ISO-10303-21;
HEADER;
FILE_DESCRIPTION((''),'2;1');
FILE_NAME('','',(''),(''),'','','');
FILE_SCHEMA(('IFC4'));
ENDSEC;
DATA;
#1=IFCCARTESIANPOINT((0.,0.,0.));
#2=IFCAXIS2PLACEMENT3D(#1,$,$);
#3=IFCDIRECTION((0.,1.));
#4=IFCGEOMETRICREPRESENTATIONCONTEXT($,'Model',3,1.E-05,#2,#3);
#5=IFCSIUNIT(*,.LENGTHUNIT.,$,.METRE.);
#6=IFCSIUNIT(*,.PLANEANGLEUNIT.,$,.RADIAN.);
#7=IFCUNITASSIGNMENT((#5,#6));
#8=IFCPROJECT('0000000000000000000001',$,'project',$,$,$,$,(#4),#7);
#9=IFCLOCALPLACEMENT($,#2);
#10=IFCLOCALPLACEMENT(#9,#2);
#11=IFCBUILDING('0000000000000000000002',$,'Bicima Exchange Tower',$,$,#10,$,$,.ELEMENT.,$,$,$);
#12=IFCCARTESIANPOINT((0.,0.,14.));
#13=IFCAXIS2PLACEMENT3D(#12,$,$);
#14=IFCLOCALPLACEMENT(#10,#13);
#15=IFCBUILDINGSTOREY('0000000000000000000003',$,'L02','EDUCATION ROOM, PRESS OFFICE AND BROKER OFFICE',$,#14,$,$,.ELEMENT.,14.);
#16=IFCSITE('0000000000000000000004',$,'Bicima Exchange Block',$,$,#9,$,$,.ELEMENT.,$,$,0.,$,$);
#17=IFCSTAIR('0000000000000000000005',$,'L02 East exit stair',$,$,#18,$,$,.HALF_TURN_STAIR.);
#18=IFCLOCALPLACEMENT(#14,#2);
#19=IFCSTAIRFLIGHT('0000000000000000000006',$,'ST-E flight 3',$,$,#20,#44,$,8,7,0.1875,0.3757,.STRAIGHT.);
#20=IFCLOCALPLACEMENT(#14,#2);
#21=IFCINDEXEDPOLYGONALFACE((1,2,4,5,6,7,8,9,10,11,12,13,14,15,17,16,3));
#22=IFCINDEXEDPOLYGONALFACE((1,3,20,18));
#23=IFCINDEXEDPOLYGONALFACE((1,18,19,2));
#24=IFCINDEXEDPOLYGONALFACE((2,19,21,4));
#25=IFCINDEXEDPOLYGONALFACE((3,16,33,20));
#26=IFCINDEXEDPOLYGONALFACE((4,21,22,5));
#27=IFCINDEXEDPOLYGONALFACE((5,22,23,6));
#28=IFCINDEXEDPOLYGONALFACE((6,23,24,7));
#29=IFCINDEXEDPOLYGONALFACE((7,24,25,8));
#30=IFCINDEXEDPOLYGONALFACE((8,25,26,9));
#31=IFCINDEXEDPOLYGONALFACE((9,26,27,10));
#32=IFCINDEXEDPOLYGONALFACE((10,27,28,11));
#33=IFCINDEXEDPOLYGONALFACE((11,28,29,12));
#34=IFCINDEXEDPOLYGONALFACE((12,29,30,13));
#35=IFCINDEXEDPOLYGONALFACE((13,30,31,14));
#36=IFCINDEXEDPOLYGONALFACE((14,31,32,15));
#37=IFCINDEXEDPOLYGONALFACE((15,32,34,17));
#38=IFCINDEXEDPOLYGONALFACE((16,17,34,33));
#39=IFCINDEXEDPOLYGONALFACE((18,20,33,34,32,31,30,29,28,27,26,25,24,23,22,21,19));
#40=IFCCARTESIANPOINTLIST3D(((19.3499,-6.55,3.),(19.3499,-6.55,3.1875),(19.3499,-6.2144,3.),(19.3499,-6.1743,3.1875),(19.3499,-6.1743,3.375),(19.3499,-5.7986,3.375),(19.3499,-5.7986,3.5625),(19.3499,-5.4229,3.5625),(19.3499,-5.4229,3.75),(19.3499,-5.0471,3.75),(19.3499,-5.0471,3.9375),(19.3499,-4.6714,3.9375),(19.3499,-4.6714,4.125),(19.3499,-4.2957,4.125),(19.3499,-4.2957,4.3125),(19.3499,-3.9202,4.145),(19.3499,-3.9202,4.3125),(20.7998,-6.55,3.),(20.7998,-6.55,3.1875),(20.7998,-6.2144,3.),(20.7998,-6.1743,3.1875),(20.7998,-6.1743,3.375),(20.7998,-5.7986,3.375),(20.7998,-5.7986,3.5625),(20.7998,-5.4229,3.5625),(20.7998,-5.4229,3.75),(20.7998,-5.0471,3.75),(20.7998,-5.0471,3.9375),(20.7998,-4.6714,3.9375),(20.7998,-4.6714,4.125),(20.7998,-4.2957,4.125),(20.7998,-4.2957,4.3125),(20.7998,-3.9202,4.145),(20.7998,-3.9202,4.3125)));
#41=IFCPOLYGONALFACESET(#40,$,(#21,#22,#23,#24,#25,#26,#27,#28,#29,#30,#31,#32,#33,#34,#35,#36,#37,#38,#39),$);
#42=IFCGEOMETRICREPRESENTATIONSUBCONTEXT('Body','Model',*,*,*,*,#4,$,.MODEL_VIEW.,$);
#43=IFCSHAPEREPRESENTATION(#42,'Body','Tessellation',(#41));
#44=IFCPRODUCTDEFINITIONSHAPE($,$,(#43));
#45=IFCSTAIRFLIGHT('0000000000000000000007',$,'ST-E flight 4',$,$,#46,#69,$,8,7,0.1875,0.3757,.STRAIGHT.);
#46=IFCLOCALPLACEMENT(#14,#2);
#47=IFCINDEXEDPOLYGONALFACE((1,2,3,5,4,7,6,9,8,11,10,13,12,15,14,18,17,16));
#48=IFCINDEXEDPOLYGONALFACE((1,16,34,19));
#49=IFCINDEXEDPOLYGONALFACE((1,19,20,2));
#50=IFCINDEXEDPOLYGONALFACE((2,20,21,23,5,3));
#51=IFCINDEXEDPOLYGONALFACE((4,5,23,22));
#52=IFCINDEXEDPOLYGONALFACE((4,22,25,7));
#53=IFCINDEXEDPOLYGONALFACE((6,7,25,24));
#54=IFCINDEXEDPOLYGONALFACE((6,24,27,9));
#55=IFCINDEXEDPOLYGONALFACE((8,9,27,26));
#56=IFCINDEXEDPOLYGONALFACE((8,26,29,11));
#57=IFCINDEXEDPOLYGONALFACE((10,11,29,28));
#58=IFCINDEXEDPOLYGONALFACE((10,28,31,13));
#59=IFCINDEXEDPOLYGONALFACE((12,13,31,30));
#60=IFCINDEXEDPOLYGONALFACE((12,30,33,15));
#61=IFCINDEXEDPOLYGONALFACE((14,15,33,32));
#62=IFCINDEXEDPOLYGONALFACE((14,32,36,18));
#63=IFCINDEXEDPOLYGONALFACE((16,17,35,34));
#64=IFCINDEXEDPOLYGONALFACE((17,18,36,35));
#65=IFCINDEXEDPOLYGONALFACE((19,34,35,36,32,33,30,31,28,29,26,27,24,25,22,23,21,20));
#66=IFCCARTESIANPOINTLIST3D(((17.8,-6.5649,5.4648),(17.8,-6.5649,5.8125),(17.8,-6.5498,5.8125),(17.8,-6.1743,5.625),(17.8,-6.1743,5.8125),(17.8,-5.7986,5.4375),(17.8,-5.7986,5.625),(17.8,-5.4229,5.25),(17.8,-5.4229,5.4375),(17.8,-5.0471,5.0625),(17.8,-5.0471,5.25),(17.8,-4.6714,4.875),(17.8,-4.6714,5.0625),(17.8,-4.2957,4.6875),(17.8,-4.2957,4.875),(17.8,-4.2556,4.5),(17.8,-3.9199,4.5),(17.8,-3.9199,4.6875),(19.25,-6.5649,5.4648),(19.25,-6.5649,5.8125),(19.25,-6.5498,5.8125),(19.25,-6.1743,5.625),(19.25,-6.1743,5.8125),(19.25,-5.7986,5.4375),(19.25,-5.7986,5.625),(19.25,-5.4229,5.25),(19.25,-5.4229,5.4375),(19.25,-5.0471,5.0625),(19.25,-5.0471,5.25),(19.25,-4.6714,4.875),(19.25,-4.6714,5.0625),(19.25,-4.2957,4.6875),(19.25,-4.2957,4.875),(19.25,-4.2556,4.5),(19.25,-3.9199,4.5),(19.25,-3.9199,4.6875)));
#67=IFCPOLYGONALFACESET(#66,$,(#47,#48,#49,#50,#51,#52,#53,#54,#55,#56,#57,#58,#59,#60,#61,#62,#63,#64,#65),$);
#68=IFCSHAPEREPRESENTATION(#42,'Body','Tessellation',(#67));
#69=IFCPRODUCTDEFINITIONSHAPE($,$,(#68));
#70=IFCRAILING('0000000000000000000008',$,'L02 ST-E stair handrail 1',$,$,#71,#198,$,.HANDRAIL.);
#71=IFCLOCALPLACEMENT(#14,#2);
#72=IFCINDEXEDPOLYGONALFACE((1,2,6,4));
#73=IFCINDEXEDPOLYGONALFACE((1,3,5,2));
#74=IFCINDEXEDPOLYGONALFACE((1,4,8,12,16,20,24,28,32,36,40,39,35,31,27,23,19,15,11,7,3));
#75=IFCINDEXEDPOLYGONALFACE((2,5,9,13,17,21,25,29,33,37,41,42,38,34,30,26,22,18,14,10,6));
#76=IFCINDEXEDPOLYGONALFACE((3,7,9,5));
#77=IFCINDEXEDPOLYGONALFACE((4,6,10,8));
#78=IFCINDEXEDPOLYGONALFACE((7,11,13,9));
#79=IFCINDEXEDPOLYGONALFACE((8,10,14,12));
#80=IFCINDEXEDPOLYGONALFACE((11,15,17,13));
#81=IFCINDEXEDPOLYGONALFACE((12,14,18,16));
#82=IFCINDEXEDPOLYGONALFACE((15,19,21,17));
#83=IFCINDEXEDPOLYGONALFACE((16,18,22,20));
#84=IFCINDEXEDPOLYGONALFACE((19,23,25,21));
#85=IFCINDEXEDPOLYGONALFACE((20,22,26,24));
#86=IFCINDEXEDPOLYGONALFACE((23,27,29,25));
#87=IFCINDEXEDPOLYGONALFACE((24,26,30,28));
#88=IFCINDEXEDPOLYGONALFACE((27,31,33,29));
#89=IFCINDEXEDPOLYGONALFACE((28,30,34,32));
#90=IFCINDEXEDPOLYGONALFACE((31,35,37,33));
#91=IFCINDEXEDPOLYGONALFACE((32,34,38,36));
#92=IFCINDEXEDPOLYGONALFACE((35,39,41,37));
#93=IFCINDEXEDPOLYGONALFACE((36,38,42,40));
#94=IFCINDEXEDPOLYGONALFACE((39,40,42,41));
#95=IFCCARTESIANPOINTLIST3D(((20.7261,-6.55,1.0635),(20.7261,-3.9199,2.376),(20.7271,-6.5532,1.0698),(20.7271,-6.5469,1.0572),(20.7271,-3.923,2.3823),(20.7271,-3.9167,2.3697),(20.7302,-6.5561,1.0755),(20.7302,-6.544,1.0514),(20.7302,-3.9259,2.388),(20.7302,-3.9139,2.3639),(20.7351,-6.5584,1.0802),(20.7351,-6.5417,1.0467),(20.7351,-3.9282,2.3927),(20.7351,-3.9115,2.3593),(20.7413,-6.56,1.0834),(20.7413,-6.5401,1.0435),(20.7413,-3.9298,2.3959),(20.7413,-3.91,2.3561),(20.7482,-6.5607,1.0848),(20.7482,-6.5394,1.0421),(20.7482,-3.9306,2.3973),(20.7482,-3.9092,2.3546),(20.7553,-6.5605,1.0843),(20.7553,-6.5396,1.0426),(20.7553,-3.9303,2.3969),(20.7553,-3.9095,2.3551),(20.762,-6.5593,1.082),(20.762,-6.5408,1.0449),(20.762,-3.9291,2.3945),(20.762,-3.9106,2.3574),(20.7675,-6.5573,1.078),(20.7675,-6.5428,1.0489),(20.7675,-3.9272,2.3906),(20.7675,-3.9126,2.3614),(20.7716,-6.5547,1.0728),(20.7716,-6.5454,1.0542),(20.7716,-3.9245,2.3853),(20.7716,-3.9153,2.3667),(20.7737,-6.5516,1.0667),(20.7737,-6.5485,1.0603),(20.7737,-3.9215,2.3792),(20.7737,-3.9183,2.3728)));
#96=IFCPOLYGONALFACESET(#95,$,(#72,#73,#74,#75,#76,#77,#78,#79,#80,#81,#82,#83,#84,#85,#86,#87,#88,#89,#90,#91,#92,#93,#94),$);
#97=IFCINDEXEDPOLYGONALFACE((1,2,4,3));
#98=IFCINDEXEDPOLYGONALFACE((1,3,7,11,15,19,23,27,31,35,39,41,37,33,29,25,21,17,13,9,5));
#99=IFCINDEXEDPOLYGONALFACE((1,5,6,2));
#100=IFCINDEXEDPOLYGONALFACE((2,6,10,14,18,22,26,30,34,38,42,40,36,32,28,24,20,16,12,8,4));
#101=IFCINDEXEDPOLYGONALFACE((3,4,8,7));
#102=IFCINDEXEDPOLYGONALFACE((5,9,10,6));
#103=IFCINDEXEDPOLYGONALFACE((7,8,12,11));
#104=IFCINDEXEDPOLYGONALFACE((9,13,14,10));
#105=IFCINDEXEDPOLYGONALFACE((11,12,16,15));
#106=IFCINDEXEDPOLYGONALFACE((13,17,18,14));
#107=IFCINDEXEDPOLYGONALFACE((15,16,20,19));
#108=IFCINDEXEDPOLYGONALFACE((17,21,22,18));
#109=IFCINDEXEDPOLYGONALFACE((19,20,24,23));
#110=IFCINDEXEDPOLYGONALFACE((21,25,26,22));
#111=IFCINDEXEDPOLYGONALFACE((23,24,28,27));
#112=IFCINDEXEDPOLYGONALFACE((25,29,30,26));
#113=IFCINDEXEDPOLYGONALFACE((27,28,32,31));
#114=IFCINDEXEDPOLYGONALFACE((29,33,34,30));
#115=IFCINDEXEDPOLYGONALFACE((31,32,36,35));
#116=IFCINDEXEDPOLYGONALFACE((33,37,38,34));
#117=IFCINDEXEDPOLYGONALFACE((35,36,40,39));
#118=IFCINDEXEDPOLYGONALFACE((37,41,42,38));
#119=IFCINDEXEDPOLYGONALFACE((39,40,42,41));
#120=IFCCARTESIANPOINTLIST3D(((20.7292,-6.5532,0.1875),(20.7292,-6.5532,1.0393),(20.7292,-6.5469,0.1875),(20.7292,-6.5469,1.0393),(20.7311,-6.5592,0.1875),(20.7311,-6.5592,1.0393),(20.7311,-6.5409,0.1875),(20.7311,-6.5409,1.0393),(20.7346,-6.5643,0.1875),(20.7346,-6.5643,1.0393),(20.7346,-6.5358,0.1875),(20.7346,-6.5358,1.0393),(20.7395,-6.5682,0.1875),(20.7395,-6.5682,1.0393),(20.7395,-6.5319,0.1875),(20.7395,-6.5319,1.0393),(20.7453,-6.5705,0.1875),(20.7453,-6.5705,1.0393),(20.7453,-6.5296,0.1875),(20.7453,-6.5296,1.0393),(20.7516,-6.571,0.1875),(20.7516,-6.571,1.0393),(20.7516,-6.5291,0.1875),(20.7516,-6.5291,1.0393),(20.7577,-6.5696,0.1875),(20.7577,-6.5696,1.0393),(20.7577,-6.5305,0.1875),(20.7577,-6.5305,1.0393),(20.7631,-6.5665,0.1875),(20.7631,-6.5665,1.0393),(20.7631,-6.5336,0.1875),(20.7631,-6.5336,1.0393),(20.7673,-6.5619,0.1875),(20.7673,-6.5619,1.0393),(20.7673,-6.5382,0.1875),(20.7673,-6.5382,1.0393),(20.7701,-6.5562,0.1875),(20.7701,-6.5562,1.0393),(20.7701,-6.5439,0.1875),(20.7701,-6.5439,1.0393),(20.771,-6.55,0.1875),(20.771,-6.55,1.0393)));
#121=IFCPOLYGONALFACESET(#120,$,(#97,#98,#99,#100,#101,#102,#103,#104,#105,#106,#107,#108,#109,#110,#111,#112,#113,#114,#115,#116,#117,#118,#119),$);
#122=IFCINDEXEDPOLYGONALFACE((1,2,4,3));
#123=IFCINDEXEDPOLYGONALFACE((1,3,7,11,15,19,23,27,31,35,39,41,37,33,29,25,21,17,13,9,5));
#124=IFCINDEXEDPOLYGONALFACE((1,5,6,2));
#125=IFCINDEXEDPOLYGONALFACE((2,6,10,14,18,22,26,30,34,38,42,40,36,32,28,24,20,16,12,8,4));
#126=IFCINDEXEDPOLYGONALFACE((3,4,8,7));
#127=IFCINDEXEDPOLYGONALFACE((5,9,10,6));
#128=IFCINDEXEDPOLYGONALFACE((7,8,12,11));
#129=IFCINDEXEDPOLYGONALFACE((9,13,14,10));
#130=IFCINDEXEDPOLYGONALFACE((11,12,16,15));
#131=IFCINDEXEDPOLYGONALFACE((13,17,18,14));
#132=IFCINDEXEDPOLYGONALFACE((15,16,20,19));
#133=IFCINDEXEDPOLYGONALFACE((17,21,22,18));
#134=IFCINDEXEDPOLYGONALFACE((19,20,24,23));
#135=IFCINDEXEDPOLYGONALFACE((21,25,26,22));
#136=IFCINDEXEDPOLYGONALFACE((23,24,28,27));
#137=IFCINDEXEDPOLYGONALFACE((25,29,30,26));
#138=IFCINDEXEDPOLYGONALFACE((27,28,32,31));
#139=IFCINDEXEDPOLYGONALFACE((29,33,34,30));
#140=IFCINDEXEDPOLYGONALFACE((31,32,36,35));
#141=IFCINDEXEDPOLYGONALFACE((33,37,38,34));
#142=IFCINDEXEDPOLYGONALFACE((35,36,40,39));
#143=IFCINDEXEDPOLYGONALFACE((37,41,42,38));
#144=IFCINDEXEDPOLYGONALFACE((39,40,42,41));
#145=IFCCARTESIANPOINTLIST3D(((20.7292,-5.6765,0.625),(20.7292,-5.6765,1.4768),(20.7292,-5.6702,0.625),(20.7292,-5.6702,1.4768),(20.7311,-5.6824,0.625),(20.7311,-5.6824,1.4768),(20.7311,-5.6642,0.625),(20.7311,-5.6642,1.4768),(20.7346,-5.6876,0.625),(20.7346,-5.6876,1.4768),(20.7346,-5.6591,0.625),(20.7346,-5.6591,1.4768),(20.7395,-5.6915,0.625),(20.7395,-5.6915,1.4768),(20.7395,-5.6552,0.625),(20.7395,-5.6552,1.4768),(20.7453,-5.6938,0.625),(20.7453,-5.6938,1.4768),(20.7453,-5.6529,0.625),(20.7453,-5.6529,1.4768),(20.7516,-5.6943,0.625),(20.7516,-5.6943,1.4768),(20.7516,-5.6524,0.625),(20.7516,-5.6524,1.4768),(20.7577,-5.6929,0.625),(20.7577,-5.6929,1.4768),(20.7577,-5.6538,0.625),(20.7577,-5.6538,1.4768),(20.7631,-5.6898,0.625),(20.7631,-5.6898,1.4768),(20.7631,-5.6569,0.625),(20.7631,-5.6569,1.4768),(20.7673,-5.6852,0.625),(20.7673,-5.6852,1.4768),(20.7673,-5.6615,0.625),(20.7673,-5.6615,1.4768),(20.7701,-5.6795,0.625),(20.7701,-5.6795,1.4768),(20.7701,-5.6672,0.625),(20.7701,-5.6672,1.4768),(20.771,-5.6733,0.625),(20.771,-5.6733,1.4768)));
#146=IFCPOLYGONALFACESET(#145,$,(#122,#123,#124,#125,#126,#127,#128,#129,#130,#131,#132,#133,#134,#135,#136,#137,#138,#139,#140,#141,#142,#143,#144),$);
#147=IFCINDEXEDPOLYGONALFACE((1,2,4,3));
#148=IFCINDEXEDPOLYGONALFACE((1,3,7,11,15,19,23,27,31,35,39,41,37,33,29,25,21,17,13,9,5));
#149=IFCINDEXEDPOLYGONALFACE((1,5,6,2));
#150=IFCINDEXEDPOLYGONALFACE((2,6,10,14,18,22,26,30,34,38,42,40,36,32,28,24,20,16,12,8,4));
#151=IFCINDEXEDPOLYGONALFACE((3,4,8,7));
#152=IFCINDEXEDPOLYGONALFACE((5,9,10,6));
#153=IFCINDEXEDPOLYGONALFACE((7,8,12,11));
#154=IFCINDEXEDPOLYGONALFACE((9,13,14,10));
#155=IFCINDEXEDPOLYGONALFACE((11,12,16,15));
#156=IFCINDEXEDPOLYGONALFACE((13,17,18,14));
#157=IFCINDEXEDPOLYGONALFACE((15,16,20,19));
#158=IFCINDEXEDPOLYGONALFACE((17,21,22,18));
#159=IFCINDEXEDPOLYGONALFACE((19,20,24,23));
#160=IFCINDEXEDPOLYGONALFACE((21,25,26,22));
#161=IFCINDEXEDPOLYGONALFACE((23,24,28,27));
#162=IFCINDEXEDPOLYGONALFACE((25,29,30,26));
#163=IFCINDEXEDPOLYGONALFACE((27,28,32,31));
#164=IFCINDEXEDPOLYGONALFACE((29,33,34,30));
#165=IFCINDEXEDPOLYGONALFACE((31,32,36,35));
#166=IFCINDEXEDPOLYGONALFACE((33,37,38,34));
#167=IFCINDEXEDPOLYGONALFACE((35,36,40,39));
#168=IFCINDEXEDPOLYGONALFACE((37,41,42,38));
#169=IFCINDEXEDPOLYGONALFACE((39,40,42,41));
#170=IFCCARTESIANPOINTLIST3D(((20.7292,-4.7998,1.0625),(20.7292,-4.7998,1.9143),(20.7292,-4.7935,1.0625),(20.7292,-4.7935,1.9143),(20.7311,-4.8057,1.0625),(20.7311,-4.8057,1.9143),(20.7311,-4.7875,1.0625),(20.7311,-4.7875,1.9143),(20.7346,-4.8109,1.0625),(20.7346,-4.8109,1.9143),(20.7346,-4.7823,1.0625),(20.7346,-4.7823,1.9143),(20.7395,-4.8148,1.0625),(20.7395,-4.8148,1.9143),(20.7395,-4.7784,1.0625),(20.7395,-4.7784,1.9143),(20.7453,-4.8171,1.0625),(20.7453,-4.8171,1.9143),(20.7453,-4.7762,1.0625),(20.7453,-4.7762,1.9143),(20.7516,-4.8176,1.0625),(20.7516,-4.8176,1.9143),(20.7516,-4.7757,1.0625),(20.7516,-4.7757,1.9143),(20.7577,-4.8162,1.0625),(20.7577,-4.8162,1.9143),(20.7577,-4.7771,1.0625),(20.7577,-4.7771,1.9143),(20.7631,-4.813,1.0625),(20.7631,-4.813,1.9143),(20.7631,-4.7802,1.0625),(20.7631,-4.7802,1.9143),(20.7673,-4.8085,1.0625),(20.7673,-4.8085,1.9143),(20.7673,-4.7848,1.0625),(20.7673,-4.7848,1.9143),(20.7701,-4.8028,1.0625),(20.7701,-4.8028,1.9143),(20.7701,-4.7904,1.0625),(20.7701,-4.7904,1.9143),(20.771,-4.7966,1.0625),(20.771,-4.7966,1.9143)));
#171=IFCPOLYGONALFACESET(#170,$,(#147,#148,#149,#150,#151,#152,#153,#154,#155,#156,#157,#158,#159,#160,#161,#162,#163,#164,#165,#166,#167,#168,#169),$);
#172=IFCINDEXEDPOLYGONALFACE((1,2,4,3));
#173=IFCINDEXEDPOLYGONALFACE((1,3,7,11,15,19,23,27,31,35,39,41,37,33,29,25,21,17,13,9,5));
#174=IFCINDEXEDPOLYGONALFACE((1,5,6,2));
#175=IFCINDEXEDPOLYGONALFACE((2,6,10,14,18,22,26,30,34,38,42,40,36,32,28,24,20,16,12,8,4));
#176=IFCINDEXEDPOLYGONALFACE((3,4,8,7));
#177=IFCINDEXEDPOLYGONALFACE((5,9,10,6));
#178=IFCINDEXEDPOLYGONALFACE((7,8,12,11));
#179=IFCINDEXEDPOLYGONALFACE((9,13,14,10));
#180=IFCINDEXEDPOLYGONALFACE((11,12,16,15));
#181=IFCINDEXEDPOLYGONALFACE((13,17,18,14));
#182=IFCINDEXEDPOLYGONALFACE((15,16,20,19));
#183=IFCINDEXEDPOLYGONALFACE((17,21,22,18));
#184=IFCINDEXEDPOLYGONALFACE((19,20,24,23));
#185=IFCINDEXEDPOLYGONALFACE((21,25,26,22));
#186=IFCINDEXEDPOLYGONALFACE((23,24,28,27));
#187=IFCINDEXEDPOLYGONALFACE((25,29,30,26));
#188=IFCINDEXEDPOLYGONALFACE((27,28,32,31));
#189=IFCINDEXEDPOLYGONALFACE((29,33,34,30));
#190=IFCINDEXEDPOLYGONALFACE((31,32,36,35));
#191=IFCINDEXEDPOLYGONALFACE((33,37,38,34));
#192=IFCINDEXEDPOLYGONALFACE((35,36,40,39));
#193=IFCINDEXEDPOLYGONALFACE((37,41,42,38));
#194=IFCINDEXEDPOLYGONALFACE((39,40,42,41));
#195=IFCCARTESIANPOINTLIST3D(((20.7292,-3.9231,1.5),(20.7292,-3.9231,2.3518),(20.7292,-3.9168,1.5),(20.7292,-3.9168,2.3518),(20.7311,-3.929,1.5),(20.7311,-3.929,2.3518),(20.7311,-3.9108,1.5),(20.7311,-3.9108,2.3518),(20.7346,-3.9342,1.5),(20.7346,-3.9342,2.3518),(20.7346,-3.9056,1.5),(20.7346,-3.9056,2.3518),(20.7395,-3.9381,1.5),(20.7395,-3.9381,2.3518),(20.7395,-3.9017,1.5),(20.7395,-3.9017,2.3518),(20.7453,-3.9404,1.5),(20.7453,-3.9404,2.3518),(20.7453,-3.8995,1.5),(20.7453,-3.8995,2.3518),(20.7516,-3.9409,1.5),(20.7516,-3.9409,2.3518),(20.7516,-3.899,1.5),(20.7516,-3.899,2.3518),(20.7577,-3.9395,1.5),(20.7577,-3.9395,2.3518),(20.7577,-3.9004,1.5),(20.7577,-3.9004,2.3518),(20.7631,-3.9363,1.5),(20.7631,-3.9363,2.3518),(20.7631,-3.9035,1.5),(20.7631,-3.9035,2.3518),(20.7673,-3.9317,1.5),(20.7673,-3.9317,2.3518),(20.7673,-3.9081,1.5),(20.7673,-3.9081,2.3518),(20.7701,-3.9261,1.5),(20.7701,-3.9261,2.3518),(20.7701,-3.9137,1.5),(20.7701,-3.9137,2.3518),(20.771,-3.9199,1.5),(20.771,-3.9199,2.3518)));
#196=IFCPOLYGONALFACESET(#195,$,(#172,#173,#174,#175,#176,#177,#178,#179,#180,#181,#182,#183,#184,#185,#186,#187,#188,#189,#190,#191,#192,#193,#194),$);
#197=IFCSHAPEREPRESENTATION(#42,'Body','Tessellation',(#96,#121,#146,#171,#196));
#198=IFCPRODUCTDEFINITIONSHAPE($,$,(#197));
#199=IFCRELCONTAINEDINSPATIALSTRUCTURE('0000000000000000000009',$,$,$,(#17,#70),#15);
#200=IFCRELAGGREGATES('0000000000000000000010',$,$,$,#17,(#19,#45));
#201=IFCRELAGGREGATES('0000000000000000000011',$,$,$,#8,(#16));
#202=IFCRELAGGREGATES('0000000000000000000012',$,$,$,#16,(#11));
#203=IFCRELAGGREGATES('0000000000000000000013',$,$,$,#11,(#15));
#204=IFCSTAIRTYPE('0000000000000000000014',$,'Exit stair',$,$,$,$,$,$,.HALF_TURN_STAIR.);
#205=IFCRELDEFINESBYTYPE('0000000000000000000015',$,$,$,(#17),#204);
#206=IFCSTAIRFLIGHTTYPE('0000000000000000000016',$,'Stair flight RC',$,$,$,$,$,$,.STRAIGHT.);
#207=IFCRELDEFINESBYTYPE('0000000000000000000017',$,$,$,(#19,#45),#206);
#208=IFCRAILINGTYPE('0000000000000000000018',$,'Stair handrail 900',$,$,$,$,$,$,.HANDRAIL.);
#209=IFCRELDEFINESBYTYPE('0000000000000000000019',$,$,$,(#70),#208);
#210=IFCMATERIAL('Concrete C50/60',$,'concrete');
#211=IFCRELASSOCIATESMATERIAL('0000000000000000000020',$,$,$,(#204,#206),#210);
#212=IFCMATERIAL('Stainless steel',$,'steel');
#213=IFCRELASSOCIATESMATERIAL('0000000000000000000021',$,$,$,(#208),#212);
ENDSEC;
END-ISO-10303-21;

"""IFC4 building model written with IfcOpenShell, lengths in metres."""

from ifc_helpers import new_model, si_unit, direction, frame, origin, origin_2d, place, context, subcontext, project, spatial, polyline, circle, outline, extrude, material, type_object, element, aggregate, save


model = new_model("IFC4")

# Units and contexts
model_context = context("Model", 3, precision=1e-05, world=origin(), true_north=direction((0.0, 1.0)))
body_context = subcontext(model_context, "Body", "Model", "MODEL_VIEW")
ifc_project = project(units=[si_unit("LENGTHUNIT", "METRE"), si_unit("PLANEANGLEUNIT", "RADIAN")], contexts=[model_context])

# Site, building, storey
site_placement = place(None, origin())
site = spatial("IfcSite", under=ifc_project, at=site_placement, Name="Bicima Exchange Block", CompositionType="ELEMENT", RefElevation=0.0)
building_placement = place(site_placement, origin())
building = spatial("IfcBuilding", under=site, at=building_placement, Name="Bicima Exchange Tower", CompositionType="ELEMENT")
storey_placement = place(building_placement, frame((0.0, 0.0, 14.0)))
storey = spatial("IfcBuildingStorey", under=building, at=storey_placement, Name="L02", Description="EDUCATION ROOM, PRESS OFFICE AND BROKER OFFICE", CompositionType="ELEMENT", Elevation=14.0)

# Shared definitions
ifc_material_1 = material(Name="Concrete C50/60", Category="concrete")

# Stair, stair flights
stair_type = type_object("IfcStairType", Name="Exit stair", PredefinedType="HALF_TURN_STAIR", material=ifc_material_1)
stair_placement = place(storey_placement, origin())
stair = element("IfcStair", 1, at=stair_placement, inside=storey, type_object=stair_type, Name="L02 East exit stair", PredefinedType="HALF_TURN_STAIR")
stair_flight_type = type_object("IfcStairFlightType", Name="Stair flight RC", PredefinedType="STRAIGHT", material=ifc_material_1)
stair_flight_1_placement = place(storey_placement, frame((20.075, -6.55, 3.0), z_axis=(0.0, 0.0, 1.0), x_axis=(0.0, 1.0, 0.0)))
stair_flight_1 = element("IfcStairFlight", 2, at=stair_flight_1_placement, type_object=stair_flight_type, Name="ST-E flight 3", NumberOfRisers=8, NumberOfTreads=7, PredefinedType="STRAIGHT", RiserHeight=0.1875, TreadLength=0.3757, context=body_context, shape_type="SweptSolid", body=[
    extrude(outline(polyline([(0.0, 0.0), (0.0, 0.1875), (0.3757, 0.1875), (0.3757, 0.375), (0.7515, 0.375), (0.7515, 0.5625), (1.1272, 0.5625), (1.1272, 0.75), (1.5029, 0.75), (1.5029, 0.9375), (1.8787, 0.9375), (1.8787, 1.125), (2.2544, 1.125), (2.2544, 1.3125), (2.6299, 1.3125), (2.6299, 1.5), (2.6299, 1.145), (0.3357, 0.0), (0.0, 0.0)])), frame((0.0, 0.7251, 0.0), z_axis=(0.0, -1.0, 0.0), x_axis=(1.0, 0.0, 0.0)), (0.0, 0.0, 1.0), 1.45),
])
stair_flight_2_placement = place(storey_placement, frame((18.5249, -3.9199, 4.5), z_axis=(0.0, 0.0, 1.0), x_axis=(0.0, -1.0, 0.0)))
stair_flight_2 = element("IfcStairFlight", 3, at=stair_flight_2_placement, type_object=stair_flight_type, Name="ST-E flight 4", NumberOfRisers=8, NumberOfTreads=7, PredefinedType="STRAIGHT", RiserHeight=0.1875, TreadLength=0.3757, context=body_context, shape_type="SweptSolid", body=[
    extrude(outline(polyline([(0.0, 0.0), (0.0, 0.1875), (0.3757, 0.1875), (0.3757, 0.375), (0.7515, 0.375), (0.7515, 0.5625), (1.1272, 0.5625), (1.1272, 0.75), (1.5029, 0.75), (1.5029, 0.9375), (1.8787, 0.9375), (1.8787, 1.125), (2.2544, 1.125), (2.2544, 1.3125), (2.6299, 1.3125), (2.645, 1.3125), (2.645, 0.9648), (0.3357, 0.0), (0.0, 0.0)])), frame((0.0, 0.7251, 0.0), z_axis=(0.0, -1.0, 0.0), x_axis=(1.0, 0.0, 0.0)), (0.0, 0.0, 1.0), 1.45),
])
aggregate(stair, [stair_flight_1, stair_flight_2])

# Railing
ifc_material_2 = material(Name="Stainless steel", Category="steel")
railing_type_1 = type_object("IfcRailingType", Name="Stair handrail 900", PredefinedType="HANDRAIL", material=ifc_material_2)
railing_1_placement = place(storey_placement, frame((20.75, -6.55, 0.1875)))
element("IfcRailing", 4, at=railing_1_placement, inside=storey, type_object=railing_type_1, Name="L02 ST-E stair handrail 1", PredefinedType="HANDRAIL", context=body_context, shape_type="SweptSolid", body=[
    extrude(circle(Radius=0.0239, at=origin_2d()), frame((0.0, 0.0, 0.876), z_axis=(0.0, 0.894776, 0.446516), x_axis=(-1.0, 0.0, 0.0)), (0.0, 0.0, 1.0), 2.9395),
    extrude(circle(Radius=0.021, at=origin_2d()), origin(), (0.0, 0.0, 1.0), 0.8518),
    extrude(circle(Radius=0.021, at=origin_2d()), frame((0.0, 0.8767, 0.4375)), (0.0, 0.0, 1.0), 0.8518),
    extrude(circle(Radius=0.021, at=origin_2d()), frame((0.0, 1.7534, 0.875)), (0.0, 0.0, 1.0), 0.8518),
    extrude(circle(Radius=0.021, at=origin_2d()), frame((0.0, 2.6301, 1.3125)), (0.0, 0.0, 1.0), 0.8518),
])

save(model, "model.ifc")
